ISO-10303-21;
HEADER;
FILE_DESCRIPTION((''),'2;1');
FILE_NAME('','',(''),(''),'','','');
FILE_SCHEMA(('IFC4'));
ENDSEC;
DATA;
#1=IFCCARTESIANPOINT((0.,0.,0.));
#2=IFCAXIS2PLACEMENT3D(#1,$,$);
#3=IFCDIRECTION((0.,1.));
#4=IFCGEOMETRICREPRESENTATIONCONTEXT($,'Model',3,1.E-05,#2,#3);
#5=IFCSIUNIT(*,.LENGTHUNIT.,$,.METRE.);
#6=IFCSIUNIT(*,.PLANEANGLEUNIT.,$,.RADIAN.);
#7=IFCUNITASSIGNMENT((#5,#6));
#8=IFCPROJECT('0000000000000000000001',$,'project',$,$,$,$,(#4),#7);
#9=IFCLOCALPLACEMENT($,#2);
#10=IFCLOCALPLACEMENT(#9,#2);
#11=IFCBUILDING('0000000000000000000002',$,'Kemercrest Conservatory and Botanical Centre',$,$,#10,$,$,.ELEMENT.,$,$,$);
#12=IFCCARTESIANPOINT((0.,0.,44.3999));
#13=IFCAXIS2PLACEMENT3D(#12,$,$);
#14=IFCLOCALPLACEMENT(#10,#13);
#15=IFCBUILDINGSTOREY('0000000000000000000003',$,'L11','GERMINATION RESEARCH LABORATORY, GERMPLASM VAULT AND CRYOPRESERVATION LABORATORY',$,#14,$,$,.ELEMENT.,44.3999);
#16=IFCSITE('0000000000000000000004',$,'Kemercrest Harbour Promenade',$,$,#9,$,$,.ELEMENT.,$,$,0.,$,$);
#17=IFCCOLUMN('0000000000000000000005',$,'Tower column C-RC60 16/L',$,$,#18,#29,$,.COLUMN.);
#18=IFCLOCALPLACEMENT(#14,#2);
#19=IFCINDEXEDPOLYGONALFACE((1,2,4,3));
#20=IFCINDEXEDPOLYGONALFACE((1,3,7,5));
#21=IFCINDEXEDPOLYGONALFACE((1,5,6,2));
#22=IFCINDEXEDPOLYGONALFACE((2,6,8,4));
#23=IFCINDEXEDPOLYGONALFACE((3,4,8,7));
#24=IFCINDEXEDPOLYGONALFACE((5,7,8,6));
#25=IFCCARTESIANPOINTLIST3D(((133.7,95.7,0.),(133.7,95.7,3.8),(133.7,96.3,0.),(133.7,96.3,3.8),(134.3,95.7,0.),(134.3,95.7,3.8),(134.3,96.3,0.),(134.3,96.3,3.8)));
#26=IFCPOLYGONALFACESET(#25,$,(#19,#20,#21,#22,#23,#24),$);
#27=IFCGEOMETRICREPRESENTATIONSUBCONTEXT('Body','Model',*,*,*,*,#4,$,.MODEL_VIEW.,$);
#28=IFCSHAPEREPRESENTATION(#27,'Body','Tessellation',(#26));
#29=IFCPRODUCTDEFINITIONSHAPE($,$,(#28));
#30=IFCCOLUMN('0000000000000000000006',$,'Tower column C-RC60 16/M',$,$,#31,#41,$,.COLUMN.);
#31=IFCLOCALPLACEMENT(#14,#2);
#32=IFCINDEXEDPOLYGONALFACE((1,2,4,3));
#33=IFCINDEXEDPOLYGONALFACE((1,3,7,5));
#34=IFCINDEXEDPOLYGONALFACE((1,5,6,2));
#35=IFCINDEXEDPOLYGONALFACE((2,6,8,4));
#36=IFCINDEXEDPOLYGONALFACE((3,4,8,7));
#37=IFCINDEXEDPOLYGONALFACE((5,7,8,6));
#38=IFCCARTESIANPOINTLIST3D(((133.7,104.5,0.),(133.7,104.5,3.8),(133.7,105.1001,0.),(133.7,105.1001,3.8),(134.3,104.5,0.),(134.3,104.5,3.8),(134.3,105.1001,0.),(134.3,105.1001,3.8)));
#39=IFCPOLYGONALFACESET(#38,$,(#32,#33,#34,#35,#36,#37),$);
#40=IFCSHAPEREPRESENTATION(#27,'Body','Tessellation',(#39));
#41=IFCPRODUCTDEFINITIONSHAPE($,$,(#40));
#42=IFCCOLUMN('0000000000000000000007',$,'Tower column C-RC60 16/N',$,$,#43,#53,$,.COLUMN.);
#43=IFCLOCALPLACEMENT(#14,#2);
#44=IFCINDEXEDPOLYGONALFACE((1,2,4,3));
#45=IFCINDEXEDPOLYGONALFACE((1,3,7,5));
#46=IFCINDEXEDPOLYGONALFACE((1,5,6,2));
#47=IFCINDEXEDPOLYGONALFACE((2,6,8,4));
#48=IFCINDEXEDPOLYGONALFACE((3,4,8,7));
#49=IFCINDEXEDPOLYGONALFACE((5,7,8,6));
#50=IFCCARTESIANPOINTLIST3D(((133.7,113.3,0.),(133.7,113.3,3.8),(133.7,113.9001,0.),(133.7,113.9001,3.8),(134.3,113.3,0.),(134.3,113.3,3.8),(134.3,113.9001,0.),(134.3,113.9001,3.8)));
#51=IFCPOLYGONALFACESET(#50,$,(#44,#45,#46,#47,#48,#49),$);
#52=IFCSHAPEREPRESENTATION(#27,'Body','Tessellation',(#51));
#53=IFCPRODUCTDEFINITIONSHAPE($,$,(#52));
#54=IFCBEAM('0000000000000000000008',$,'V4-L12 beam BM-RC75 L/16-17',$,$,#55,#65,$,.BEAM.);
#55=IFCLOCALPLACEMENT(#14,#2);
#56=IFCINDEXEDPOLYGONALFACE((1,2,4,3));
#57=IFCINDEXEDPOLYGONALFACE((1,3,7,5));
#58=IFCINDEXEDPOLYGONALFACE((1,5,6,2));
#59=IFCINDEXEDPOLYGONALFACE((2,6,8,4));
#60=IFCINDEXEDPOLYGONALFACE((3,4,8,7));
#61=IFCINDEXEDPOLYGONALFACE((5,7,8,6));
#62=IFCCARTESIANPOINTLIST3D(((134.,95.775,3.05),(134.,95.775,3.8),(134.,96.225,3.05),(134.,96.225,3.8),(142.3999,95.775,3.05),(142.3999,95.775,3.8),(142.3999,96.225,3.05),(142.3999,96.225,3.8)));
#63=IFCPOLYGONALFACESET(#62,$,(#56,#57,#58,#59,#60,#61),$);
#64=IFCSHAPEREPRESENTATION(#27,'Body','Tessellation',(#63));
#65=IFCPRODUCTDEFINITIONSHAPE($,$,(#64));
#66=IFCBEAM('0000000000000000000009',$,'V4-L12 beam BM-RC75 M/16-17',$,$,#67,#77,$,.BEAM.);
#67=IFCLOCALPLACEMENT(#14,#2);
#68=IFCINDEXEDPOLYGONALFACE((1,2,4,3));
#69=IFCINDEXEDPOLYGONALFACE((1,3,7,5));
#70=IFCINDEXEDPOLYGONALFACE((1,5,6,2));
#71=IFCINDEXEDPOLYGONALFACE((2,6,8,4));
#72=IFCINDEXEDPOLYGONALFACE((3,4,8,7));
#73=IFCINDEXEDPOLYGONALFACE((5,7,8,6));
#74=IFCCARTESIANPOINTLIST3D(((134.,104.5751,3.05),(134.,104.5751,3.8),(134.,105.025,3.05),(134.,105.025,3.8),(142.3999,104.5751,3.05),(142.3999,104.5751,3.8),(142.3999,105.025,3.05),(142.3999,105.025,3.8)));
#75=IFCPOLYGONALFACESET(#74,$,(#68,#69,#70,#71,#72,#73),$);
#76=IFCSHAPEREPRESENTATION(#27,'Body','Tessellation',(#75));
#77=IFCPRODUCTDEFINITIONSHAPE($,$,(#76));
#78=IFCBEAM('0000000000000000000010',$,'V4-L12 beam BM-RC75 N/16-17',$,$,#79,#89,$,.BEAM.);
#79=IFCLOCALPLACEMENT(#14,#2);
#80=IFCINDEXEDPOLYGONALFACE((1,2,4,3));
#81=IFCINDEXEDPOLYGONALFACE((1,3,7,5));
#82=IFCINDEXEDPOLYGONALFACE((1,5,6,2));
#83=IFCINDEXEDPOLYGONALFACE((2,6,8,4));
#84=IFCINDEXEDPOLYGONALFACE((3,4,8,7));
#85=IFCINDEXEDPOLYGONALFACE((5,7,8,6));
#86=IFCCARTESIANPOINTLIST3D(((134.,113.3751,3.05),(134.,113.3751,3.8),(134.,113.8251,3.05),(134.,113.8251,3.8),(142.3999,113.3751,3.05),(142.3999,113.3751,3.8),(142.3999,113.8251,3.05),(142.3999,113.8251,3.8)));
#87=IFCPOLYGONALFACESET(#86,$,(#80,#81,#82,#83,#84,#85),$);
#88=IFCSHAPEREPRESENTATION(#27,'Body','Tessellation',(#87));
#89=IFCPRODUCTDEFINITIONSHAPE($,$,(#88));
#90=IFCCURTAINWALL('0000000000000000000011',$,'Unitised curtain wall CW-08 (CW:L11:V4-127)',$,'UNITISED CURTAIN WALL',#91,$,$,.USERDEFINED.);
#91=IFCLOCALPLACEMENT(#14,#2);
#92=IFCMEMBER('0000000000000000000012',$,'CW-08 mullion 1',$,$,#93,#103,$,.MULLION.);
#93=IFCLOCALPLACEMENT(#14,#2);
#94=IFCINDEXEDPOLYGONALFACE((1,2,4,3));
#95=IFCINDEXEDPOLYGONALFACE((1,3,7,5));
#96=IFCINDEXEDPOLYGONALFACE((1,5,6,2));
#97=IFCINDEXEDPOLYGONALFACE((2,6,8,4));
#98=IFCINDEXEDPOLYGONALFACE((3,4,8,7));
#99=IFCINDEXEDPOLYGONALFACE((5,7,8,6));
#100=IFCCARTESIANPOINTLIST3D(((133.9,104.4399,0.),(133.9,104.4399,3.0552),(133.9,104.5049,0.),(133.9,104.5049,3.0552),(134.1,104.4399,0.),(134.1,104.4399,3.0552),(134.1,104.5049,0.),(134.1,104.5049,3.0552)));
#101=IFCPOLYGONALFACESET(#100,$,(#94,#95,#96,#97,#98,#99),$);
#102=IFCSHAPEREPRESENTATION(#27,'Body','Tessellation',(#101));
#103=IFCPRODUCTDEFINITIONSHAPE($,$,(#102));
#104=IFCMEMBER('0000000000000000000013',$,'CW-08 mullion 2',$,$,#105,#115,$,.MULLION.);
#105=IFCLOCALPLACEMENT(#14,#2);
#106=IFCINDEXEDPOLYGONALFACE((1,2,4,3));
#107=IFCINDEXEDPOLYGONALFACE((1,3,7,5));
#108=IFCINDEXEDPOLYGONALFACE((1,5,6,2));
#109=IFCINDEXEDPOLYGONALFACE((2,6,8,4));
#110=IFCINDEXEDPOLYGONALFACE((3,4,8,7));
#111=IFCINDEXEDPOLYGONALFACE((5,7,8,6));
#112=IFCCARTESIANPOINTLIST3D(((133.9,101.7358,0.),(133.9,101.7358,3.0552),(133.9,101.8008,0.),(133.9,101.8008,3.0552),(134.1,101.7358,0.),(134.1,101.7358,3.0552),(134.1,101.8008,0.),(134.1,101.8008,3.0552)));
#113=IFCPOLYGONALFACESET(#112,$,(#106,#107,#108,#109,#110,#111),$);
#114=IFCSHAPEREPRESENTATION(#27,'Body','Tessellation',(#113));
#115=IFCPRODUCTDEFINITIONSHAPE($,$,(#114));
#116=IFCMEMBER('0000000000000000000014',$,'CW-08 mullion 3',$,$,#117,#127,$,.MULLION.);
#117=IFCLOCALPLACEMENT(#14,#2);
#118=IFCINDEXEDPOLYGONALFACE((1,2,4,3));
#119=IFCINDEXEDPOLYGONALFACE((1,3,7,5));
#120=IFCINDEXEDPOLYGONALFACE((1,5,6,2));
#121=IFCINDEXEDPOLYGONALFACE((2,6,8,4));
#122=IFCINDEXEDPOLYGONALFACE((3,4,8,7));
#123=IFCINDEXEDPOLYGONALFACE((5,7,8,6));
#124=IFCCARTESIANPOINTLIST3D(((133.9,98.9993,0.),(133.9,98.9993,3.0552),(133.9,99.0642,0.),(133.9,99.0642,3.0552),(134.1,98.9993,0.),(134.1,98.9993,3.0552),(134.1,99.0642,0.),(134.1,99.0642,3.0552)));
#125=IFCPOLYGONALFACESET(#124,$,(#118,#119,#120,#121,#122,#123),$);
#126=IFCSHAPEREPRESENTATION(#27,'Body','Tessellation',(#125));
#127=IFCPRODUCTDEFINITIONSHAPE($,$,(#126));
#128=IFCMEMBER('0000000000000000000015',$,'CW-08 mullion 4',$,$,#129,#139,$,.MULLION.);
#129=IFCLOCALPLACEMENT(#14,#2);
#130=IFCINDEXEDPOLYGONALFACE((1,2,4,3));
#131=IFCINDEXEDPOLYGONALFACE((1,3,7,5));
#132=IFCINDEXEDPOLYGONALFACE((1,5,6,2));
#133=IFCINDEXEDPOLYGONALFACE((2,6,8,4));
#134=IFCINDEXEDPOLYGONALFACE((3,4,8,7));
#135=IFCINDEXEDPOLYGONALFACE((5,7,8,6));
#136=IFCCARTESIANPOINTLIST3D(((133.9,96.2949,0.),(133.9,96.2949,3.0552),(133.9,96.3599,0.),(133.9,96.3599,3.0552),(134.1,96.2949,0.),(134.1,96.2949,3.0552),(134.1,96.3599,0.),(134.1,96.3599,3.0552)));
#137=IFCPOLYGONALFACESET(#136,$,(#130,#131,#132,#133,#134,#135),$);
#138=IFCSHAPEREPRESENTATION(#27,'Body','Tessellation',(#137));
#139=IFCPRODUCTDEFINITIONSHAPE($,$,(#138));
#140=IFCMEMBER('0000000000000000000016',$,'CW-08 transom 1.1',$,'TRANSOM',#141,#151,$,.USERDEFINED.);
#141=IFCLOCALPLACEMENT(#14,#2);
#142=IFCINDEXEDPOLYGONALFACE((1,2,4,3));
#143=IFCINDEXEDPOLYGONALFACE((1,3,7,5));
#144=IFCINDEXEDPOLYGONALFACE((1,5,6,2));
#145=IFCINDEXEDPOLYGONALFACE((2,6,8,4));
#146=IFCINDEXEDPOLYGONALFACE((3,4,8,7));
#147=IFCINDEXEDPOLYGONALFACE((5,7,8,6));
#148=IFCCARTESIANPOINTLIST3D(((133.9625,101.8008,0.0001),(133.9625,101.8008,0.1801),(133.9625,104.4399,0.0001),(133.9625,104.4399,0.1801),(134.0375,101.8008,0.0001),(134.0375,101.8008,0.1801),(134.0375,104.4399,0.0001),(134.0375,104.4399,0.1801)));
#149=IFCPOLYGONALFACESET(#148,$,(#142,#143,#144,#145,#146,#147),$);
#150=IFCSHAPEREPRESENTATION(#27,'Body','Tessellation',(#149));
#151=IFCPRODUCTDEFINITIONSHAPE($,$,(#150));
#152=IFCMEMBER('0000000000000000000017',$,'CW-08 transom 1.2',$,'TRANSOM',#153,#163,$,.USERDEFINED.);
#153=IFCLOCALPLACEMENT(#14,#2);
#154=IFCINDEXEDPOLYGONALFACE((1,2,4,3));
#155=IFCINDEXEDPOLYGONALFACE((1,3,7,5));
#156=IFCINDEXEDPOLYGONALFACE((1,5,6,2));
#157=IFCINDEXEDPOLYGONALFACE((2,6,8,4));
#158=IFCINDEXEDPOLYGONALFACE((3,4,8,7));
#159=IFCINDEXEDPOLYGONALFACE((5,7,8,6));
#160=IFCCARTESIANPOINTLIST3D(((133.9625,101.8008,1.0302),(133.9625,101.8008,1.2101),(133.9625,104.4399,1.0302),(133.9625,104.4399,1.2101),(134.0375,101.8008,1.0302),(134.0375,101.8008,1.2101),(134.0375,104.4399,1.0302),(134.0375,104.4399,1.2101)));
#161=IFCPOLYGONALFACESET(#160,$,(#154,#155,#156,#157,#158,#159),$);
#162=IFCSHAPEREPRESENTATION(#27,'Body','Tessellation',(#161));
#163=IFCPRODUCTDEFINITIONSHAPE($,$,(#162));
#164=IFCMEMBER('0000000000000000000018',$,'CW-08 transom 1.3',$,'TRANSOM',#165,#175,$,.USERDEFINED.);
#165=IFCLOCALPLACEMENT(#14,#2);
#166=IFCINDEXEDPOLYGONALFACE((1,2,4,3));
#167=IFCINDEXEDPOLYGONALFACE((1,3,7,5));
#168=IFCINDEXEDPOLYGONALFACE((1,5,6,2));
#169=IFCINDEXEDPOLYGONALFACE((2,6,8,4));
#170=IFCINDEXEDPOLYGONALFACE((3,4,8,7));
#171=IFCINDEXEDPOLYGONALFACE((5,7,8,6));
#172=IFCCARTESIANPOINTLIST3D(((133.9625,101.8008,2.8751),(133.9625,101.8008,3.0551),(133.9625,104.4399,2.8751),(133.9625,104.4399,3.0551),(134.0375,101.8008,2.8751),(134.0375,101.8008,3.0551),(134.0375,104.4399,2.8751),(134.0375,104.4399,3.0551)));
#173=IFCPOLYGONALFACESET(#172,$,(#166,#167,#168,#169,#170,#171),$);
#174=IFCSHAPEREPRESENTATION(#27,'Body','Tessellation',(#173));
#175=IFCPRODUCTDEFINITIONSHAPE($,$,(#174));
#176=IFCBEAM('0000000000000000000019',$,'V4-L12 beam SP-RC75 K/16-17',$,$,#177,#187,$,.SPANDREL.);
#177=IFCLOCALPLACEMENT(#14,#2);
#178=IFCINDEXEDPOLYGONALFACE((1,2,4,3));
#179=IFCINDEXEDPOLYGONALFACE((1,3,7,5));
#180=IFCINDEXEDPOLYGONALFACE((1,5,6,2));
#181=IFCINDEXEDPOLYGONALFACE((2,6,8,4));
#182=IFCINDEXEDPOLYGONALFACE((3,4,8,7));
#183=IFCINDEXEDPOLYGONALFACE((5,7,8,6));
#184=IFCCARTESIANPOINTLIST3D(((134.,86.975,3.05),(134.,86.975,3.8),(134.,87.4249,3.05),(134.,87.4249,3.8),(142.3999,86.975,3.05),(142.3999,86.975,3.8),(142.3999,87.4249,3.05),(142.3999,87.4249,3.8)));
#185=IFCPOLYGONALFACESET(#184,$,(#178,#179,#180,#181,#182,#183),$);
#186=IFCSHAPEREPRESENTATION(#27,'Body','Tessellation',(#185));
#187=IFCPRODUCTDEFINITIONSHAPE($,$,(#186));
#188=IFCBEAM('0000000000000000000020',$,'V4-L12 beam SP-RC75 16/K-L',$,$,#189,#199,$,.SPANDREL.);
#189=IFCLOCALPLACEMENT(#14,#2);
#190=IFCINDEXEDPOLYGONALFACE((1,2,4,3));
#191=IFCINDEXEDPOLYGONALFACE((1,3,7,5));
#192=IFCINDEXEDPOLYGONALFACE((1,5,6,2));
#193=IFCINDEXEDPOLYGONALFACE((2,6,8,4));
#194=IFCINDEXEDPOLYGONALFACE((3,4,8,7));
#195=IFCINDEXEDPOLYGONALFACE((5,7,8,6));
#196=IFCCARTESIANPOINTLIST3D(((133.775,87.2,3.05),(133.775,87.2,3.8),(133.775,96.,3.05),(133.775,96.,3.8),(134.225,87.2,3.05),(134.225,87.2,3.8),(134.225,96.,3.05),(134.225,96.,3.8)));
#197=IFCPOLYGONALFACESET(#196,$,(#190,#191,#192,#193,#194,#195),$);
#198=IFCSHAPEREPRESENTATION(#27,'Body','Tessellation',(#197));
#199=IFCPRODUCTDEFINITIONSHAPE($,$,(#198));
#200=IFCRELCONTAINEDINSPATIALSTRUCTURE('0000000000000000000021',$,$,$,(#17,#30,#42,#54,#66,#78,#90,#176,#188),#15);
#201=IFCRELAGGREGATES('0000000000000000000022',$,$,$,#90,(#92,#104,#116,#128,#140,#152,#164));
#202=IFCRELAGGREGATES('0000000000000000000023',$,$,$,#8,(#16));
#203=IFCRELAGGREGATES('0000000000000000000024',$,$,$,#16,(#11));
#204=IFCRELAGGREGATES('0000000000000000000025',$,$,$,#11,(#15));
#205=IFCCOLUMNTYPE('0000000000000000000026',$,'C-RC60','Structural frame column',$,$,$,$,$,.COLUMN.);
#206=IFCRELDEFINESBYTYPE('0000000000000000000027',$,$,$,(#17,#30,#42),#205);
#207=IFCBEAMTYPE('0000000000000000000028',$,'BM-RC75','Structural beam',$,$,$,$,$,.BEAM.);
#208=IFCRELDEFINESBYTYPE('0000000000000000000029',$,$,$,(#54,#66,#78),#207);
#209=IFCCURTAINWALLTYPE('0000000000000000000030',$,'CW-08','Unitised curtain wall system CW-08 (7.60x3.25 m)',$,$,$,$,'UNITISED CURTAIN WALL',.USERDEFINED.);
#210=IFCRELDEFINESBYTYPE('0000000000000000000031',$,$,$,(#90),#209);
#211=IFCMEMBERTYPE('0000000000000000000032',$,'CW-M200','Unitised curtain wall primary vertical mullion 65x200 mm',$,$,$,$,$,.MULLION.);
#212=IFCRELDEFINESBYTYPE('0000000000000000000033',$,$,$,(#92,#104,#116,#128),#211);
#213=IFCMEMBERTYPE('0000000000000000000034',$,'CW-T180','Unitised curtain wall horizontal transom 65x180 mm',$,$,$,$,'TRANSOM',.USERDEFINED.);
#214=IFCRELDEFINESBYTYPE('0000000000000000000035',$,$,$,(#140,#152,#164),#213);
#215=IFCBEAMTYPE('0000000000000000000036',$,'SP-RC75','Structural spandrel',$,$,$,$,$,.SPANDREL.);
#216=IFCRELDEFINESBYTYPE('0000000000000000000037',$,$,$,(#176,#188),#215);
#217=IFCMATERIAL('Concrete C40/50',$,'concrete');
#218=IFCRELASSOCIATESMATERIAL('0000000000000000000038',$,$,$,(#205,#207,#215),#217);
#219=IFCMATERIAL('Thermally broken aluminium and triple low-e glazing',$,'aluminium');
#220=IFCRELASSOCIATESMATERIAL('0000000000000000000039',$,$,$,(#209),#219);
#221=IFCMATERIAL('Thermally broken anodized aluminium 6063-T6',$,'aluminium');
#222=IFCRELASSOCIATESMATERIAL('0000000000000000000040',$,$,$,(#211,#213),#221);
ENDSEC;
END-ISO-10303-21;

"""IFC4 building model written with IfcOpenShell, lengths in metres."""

from ifc_helpers import new_model, si_unit, direction, frame, origin, origin_2d, place, context, subcontext, project, spatial, rectangle, extrude, material, material_profile, profile_set, type_object, element, aggregate, save


model = new_model("IFC4")

# Units and contexts
model_context = context("Model", 3, precision=1e-05, world=origin(), true_north=direction((0.0, 1.0)))
body_context = subcontext(model_context, "Body", "Model", "MODEL_VIEW")
ifc_project = project(units=[si_unit("LENGTHUNIT", "METRE"), si_unit("PLANEANGLEUNIT", "RADIAN")], contexts=[model_context])

# Site, building, storey
site_placement = place(None, origin())
site = spatial("IfcSite", under=ifc_project, at=site_placement, Name="Kemercrest Harbour Promenade", CompositionType="ELEMENT", RefElevation=0.0)
building_placement = place(site_placement, origin())
building = spatial("IfcBuilding", under=site, at=building_placement, Name="Kemercrest Conservatory and Botanical Centre", CompositionType="ELEMENT")
storey_placement = place(building_placement, frame((0.0, 0.0, 44.3999)))
storey = spatial("IfcBuildingStorey", under=building, at=storey_placement, Name="L11", Description="GERMINATION RESEARCH LABORATORY, GERMPLASM VAULT AND CRYOPRESERVATION LABORATORY", CompositionType="ELEMENT", Elevation=44.3999)

# Columns
ifc_material_1 = material(Name="Concrete C40/50", Category="concrete")
ifc_material_profile_1 = material_profile(ifc_material_1, rectangle(XDim=0.6001, YDim=0.6001, at=origin_2d()), Name="RC 600x600")
ifc_profile_set_1 = profile_set([ifc_material_profile_1], Name="Concrete C40/50")
column_type = type_object("IfcColumnType", Name="C-RC60", Description="Structural frame column", PredefinedType="COLUMN", material=ifc_profile_set_1)
for number, where, z_axis, x_axis, name in (
    (1, (134.0, 96.0, 0.0), (0.0, 0.0, 1.0), (1.0, 0.0, 0.0), "Tower column C-RC60 16/L"),
    (2, (134.0, 104.8, 0.0), (0.0, 0.0, 1.0), (1.0, 0.0, 0.0), "Tower column C-RC60 16/M"),
    (3, (134.0, 113.6001, 0.0), (0.0, 0.0, 1.0), (1.0, 0.0, 0.0), "Tower column C-RC60 16/N"),
):
    element("IfcColumn", number, at=place(storey_placement, frame(where, z_axis=z_axis, x_axis=x_axis)), inside=storey, type_object=column_type, Name=name, PredefinedType="COLUMN", context=body_context, shape_type="SweptSolid", body=[
        extrude(rectangle(XDim=0.6001, YDim=0.6001, at=origin_2d()), origin(), (0.0, 0.0, 1.0), 3.8),
    ])

# Beams
ifc_material_profile_2 = material_profile(ifc_material_1, rectangle(XDim=0.45, YDim=0.75, at=origin_2d()), Name="RC 450x750")
ifc_profile_set_2 = profile_set([ifc_material_profile_2], Name="Concrete C40/50")
beam_type_1 = type_object("IfcBeamType", Name="BM-RC75", Description="Structural beam", PredefinedType="BEAM", material=ifc_profile_set_2)
for number, where, z_axis, x_axis, name in (
    (4, (134.0, 96.0, 3.425), (1.0, 0.0, 0.0), (0.0, 1.0, 0.0), "V4-L12 beam BM-RC75 L/16-17"),
    (5, (134.0, 104.8, 3.425), (1.0, 0.0, 0.0), (0.0, 1.0, 0.0), "V4-L12 beam BM-RC75 M/16-17"),
    (6, (134.0, 113.6001, 3.425), (1.0, 0.0, 0.0), (0.0, 1.0, 0.0), "V4-L12 beam BM-RC75 N/16-17"),
):
    element("IfcBeam", number, at=place(storey_placement, frame(where, z_axis=z_axis, x_axis=x_axis)), inside=storey, type_object=beam_type_1, Name=name, PredefinedType="BEAM", context=body_context, shape_type="SweptSolid", body=[
        extrude(rectangle(XDim=0.45, YDim=0.75, at=origin_2d()), origin(), (0.0, 0.0, 1.0), 8.3999),
    ])

# Curtain wall, members
ifc_material_2 = material(Name="Thermally broken aluminium and triple low-e glazing", Category="aluminium")
curtain_wall_type = type_object("IfcCurtainWallType", Name="CW-08", Description="Unitised curtain wall system CW-08 (7.60x3.25 m)", ElementType="UNITISED CURTAIN WALL", PredefinedType="USERDEFINED", material=ifc_material_2)
curtain_wall_placement = place(storey_placement, origin())
curtain_wall = element("IfcCurtainWall", 7, at=curtain_wall_placement, inside=storey, type_object=curtain_wall_type, Name="Unitised curtain wall CW-08 (CW:L11:V4-127)", ObjectType="UNITISED CURTAIN WALL", PredefinedType="USERDEFINED")
ifc_material_3 = material(Name="Thermally broken anodized aluminium 6063-T6", Category="aluminium")
ifc_material_profile_3 = material_profile(ifc_material_3, rectangle(XDim=0.2, YDim=0.0649, at=origin_2d()), Name="AL MULLION 65x200")
ifc_profile_set_3 = profile_set([ifc_material_profile_3], Name="Thermally broken anodized aluminium 6063-T6")
member_type_1 = type_object("IfcMemberType", Name="CW-M200", Description="Unitised curtain wall primary vertical mullion 65x200 mm", PredefinedType="MULLION", material=ifc_profile_set_3)
member_1_placement = place(storey_placement, frame((134.0, 104.4724, 0.0), z_axis=(0.0, 0.0, 1.0), x_axis=(1.0, 0.0, 0.0)))
member_1 = element("IfcMember", 8, at=member_1_placement, type_object=member_type_1, Name="CW-08 mullion 1", PredefinedType="MULLION", context=body_context, shape_type="SweptSolid", body=[
    extrude(rectangle(XDim=0.2, YDim=0.0649, at=origin_2d()), origin(), (0.0, 0.0, 1.0), 3.0552),
])
member_2_placement = place(storey_placement, frame((134.0, 101.7683, 0.0), z_axis=(0.0, 0.0, 1.0), x_axis=(1.0, 0.0, 0.0)))
member_2 = element("IfcMember", 9, at=member_2_placement, type_object=member_type_1, Name="CW-08 mullion 2", PredefinedType="MULLION", context=body_context, shape_type="SweptSolid", body=[
    extrude(rectangle(XDim=0.2, YDim=0.0649, at=origin_2d()), origin(), (0.0, 0.0, 1.0), 3.0552),
])
member_3_placement = place(storey_placement, frame((134.0, 99.0317, 0.0), z_axis=(0.0, 0.0, 1.0), x_axis=(1.0, 0.0, 0.0)))
member_3 = element("IfcMember", 10, at=member_3_placement, type_object=member_type_1, Name="CW-08 mullion 3", PredefinedType="MULLION", context=body_context, shape_type="SweptSolid", body=[
    extrude(rectangle(XDim=0.2, YDim=0.0649, at=origin_2d()), origin(), (0.0, 0.0, 1.0), 3.0552),
])
member_4_placement = place(storey_placement, frame((134.0, 96.3274, 0.0), z_axis=(0.0, 0.0, 1.0), x_axis=(1.0, 0.0, 0.0)))
member_4 = element("IfcMember", 11, at=member_4_placement, type_object=member_type_1, Name="CW-08 mullion 4", PredefinedType="MULLION", context=body_context, shape_type="SweptSolid", body=[
    extrude(rectangle(XDim=0.2, YDim=0.0649, at=origin_2d()), origin(), (0.0, 0.0, 1.0), 3.0552),
])
ifc_material_profile_4 = material_profile(ifc_material_3, rectangle(XDim=0.075, YDim=0.1799, at=origin_2d()), Name="AL TRANSOM 75x180")
ifc_profile_set_4 = profile_set([ifc_material_profile_4], Name="Thermally broken anodized aluminium 6063-T6")
member_type_2 = type_object("IfcMemberType", Name="CW-T180", Description="Unitised curtain wall horizontal transom 65x180 mm", ElementType="TRANSOM", PredefinedType="USERDEFINED", material=ifc_profile_set_4)
member_5_placement = place(storey_placement, frame((134.0, 104.4399, 0.0901), z_axis=(0.0, -1.0, 0.0), x_axis=(1.0, 0.0, 0.0)))
member_5 = element("IfcMember", 12, at=member_5_placement, type_object=member_type_2, Name="CW-08 transom 1.1", ObjectType="TRANSOM", PredefinedType="USERDEFINED", context=body_context, shape_type="SweptSolid", body=[
    extrude(rectangle(XDim=0.075, YDim=0.1799, at=origin_2d()), origin(), (0.0, 0.0, 1.0), 2.6392),
])
member_6_placement = place(storey_placement, frame((134.0, 104.4399, 1.1201), z_axis=(0.0, -1.0, 0.0), x_axis=(1.0, 0.0, 0.0)))
member_6 = element("IfcMember", 13, at=member_6_placement, type_object=member_type_2, Name="CW-08 transom 1.2", ObjectType="TRANSOM", PredefinedType="USERDEFINED", context=body_context, shape_type="SweptSolid", body=[
    extrude(rectangle(XDim=0.075, YDim=0.1799, at=origin_2d()), origin(), (0.0, 0.0, 1.0), 2.6392),
])
member_7_placement = place(storey_placement, frame((134.0, 104.4399, 2.9651), z_axis=(0.0, -1.0, 0.0), x_axis=(1.0, 0.0, 0.0)))
member_7 = element("IfcMember", 14, at=member_7_placement, type_object=member_type_2, Name="CW-08 transom 1.3", ObjectType="TRANSOM", PredefinedType="USERDEFINED", context=body_context, shape_type="SweptSolid", body=[
    extrude(rectangle(XDim=0.075, YDim=0.1799, at=origin_2d()), origin(), (0.0, 0.0, 1.0), 2.6392),
])

# Beams
ifc_material_profile_5 = material_profile(ifc_material_1, rectangle(XDim=0.45, YDim=0.75, at=origin_2d()), Name="RC 450x750")
ifc_profile_set_5 = profile_set([ifc_material_profile_5], Name="Concrete C40/50")
beam_type_2 = type_object("IfcBeamType", Name="SP-RC75", Description="Structural spandrel", PredefinedType="SPANDREL", material=ifc_profile_set_5)
beam_1_placement = place(storey_placement, frame((134.0, 87.2, 3.425), z_axis=(1.0, 0.0, 0.0), x_axis=(0.0, 1.0, 0.0)))
element("IfcBeam", 15, at=beam_1_placement, inside=storey, type_object=beam_type_2, Name="V4-L12 beam SP-RC75 K/16-17", PredefinedType="SPANDREL", context=body_context, shape_type="SweptSolid", body=[
    extrude(rectangle(XDim=0.45, YDim=0.75, at=origin_2d()), origin(), (0.0, 0.0, 1.0), 8.3999),
])
for number, where, z_axis, x_axis, name in (
    (16, (134.0, 87.2, 3.425), (0.0, 1.0, 0.0), (-1.0, 0.0, 0.0), "V4-L12 beam SP-RC75 16/K-L"),
):
    element("IfcBeam", number, at=place(storey_placement, frame(where, z_axis=z_axis, x_axis=x_axis)), inside=storey, type_object=beam_type_2, Name=name, PredefinedType="SPANDREL", context=body_context, shape_type="SweptSolid", body=[
        extrude(rectangle(XDim=0.45, YDim=0.75, at=origin_2d()), origin(), (0.0, 0.0, 1.0), 8.8),
    ])

aggregate(curtain_wall, [member_1, member_2, member_3, member_4, member_5, member_6, member_7])

save(model, "model.ifc")
